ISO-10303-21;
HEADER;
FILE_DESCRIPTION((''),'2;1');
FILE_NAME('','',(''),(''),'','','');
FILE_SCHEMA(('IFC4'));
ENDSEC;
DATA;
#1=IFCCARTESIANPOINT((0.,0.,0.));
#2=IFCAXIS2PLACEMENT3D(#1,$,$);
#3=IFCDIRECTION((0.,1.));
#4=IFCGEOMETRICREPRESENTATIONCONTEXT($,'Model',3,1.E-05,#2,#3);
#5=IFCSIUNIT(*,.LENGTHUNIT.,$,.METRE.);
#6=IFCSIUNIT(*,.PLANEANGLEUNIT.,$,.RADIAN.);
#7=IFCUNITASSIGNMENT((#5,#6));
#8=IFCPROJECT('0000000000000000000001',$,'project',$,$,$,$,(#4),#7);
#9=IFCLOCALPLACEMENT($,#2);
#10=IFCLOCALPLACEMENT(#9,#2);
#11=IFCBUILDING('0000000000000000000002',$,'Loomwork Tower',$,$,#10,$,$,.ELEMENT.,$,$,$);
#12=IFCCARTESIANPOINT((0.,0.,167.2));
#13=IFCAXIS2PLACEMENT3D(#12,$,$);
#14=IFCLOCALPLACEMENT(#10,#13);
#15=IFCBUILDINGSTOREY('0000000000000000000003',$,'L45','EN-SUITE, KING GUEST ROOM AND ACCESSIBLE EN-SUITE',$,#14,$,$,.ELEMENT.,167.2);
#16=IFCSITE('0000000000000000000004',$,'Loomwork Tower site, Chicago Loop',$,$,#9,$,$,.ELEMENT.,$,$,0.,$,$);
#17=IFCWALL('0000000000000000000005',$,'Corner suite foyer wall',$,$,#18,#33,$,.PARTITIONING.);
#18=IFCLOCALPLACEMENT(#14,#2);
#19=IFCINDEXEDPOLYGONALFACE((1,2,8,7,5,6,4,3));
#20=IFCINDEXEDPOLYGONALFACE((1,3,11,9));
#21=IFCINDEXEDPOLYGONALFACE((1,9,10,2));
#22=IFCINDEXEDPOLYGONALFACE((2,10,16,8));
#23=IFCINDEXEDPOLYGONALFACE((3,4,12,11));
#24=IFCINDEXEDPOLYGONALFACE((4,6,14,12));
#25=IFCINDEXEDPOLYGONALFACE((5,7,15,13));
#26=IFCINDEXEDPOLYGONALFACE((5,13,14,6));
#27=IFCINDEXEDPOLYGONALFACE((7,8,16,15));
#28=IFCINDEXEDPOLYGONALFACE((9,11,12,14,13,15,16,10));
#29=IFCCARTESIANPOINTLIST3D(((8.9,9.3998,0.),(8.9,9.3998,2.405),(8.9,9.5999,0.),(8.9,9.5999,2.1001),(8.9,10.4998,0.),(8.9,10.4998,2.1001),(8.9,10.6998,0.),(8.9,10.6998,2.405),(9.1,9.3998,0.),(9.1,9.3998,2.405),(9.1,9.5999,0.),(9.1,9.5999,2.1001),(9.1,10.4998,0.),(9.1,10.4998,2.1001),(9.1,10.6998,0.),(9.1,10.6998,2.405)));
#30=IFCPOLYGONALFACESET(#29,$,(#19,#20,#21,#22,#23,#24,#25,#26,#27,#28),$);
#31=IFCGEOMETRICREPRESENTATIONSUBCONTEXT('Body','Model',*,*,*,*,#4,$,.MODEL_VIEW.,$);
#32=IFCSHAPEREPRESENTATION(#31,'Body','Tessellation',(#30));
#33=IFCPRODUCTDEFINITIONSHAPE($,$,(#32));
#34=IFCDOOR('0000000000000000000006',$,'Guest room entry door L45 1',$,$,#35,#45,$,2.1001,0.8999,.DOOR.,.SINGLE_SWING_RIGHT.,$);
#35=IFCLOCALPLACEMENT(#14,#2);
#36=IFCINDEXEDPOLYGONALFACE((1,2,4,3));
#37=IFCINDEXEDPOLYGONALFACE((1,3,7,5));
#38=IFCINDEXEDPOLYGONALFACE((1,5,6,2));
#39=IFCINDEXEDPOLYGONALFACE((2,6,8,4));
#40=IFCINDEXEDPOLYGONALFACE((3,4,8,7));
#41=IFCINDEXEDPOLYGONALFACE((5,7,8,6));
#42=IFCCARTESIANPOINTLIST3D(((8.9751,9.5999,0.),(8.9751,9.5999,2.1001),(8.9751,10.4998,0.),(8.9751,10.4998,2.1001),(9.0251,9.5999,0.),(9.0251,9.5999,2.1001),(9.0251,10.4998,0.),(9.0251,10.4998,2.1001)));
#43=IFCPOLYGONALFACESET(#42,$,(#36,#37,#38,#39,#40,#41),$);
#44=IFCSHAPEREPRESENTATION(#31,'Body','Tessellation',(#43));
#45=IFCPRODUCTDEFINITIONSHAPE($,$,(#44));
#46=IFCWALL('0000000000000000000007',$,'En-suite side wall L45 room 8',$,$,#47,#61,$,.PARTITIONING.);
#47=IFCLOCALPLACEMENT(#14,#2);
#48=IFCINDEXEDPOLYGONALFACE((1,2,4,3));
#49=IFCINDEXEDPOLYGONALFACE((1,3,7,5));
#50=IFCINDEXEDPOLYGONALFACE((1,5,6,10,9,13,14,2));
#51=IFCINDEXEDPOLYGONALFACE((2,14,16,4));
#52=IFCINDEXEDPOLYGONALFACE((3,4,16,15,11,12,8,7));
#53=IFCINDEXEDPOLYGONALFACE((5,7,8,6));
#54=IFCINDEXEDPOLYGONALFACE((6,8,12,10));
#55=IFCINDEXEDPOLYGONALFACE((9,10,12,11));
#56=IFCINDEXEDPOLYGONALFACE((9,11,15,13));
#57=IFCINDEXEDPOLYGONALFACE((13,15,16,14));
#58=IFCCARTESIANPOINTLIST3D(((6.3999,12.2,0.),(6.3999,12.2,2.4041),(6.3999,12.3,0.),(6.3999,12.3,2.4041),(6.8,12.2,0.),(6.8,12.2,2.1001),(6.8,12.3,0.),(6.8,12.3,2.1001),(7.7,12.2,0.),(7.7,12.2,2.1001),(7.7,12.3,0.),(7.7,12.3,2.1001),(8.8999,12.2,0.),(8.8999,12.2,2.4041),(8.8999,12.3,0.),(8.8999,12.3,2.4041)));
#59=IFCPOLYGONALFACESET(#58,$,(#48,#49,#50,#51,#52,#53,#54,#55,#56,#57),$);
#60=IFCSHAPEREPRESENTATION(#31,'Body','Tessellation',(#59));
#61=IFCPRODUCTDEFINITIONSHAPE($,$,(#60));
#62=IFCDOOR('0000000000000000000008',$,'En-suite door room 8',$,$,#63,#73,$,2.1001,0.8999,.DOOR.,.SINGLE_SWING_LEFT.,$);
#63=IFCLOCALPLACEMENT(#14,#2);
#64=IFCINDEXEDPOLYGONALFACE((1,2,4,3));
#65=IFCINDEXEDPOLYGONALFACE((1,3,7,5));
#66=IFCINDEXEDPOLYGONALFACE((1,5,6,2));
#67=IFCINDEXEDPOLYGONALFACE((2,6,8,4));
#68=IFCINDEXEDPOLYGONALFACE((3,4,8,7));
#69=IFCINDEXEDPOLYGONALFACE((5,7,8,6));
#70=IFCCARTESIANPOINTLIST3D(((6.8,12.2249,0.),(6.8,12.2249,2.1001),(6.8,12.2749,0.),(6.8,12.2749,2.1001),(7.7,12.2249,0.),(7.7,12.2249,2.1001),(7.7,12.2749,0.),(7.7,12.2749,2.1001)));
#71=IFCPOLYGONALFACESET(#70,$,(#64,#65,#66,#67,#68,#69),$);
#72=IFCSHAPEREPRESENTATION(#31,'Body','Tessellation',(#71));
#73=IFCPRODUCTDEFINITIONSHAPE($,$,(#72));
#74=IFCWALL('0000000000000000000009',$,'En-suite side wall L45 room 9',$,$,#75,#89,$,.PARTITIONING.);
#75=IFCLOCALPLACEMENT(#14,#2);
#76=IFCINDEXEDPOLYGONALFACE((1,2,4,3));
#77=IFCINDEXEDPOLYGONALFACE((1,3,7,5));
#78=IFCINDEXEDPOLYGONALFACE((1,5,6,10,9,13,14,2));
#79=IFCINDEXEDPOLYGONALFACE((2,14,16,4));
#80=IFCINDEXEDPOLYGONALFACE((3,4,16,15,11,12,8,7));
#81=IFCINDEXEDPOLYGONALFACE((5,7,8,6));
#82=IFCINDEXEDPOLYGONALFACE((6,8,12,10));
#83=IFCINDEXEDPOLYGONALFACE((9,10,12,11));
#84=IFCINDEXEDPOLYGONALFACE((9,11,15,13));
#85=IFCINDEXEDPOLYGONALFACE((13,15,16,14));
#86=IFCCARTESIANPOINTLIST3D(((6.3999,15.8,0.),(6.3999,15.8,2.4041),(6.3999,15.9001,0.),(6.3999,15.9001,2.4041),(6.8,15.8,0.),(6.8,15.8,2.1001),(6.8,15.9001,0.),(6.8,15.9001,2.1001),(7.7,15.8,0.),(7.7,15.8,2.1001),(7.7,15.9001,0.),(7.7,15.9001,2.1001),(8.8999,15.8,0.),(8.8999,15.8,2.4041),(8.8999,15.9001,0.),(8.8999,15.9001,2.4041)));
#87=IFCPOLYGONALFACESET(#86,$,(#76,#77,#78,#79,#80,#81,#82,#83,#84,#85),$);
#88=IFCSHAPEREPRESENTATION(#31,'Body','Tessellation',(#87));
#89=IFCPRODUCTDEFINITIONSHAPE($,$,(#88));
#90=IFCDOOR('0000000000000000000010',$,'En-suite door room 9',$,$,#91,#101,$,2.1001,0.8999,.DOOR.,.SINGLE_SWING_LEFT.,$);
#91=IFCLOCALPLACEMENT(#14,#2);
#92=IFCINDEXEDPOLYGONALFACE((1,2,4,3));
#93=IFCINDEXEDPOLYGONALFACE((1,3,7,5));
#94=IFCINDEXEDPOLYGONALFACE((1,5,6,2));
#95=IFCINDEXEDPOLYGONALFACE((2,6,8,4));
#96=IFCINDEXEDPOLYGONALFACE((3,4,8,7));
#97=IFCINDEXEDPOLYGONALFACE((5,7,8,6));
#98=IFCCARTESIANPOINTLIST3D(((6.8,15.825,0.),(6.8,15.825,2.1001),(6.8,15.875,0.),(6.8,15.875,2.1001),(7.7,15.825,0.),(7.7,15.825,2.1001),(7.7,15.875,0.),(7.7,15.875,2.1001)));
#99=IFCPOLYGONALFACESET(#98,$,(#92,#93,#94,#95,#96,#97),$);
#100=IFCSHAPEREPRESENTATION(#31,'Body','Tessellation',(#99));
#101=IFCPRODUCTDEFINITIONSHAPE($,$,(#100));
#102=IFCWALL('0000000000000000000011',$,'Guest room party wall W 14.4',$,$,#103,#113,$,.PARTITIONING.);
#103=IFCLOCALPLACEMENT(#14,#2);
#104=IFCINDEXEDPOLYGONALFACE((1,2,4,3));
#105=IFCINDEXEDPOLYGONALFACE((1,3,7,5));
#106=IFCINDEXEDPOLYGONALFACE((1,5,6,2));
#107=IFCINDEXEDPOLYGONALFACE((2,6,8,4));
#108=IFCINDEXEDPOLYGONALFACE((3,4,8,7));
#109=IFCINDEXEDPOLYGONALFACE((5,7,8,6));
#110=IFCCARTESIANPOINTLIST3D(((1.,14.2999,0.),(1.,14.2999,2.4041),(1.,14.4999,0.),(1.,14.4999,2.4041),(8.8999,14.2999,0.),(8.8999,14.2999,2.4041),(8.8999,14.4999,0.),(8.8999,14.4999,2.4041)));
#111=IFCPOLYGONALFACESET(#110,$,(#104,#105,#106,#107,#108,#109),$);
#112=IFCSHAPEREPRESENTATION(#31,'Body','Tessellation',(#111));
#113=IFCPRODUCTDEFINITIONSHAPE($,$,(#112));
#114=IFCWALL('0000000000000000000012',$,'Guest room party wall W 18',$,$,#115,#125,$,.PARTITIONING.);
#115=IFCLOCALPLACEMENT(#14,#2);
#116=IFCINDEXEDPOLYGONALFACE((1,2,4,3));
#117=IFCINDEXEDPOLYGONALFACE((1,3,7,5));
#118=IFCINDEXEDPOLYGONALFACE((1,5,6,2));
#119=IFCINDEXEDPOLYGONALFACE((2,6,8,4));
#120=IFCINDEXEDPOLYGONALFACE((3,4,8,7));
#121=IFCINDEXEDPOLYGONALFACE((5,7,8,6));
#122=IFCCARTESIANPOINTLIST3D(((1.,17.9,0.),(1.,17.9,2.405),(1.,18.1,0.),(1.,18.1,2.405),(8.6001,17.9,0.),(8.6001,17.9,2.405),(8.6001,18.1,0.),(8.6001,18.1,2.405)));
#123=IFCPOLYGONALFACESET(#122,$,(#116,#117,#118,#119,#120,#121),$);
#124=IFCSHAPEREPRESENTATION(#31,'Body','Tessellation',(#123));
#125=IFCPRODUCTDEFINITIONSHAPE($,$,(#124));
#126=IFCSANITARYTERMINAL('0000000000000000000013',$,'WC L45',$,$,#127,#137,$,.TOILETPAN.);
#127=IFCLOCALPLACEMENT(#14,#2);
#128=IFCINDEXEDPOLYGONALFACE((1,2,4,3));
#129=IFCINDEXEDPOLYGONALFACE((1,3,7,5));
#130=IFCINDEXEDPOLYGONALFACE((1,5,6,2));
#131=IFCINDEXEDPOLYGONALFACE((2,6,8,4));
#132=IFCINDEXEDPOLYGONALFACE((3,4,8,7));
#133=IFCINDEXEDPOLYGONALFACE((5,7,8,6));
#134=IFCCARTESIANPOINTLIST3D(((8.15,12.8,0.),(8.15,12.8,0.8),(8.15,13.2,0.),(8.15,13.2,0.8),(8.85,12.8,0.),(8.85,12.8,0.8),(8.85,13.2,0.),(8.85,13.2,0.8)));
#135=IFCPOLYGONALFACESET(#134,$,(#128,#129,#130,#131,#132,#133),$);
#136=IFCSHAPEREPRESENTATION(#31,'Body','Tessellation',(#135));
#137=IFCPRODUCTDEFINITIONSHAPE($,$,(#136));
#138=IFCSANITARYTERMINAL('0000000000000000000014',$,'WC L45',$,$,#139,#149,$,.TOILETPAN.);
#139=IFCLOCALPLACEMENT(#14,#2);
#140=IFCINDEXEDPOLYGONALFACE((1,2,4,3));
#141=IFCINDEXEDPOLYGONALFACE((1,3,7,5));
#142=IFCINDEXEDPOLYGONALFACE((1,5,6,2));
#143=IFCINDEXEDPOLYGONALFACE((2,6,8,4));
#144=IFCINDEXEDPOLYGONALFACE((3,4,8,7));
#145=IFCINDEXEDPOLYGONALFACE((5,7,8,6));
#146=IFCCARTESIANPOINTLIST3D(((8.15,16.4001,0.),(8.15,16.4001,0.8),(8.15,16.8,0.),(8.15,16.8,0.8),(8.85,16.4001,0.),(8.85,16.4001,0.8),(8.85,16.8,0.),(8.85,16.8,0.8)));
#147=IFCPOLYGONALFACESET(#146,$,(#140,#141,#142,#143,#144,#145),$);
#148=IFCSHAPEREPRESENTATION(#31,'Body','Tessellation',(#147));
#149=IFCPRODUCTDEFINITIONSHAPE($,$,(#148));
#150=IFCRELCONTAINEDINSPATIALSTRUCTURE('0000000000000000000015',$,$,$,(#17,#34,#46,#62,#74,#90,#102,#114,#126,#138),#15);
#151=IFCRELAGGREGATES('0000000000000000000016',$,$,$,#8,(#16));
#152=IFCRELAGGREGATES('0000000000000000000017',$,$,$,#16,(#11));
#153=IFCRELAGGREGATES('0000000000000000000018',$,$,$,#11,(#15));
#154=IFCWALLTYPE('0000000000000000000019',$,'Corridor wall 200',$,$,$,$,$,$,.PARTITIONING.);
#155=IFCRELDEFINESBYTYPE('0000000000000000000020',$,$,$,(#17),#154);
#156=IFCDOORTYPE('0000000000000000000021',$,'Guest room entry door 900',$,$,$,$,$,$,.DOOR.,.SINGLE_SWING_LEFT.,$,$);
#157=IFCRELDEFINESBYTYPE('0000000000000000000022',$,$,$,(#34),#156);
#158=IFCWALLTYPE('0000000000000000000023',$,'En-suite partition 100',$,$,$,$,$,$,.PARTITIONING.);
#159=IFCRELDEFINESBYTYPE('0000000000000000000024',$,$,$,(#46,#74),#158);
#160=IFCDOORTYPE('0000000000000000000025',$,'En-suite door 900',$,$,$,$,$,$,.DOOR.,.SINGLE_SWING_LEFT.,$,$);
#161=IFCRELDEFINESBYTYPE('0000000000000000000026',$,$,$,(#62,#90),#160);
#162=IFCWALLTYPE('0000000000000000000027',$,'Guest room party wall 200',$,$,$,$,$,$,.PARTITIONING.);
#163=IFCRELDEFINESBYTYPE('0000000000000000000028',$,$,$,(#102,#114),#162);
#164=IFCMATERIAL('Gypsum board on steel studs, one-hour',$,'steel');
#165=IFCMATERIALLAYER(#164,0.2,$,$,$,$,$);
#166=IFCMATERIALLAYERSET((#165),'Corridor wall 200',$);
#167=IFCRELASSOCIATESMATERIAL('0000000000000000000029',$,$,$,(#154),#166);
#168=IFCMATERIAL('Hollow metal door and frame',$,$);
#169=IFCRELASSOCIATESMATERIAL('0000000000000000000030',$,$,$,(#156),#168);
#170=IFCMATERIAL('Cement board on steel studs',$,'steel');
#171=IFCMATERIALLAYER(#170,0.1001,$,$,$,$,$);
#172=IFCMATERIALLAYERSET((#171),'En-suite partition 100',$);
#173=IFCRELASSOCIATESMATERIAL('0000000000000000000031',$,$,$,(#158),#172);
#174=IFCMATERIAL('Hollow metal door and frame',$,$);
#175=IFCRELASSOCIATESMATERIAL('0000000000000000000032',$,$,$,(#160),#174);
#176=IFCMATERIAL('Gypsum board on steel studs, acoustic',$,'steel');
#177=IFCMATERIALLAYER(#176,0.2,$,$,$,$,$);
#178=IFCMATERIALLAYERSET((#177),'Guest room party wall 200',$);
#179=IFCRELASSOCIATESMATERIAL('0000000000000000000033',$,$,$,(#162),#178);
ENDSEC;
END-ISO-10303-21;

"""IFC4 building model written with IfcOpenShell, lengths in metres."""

from ifc_helpers import new_model, si_unit, direction, frame, frame_2d, origin, origin_2d, place, context, subcontext, project, spatial, rectangle, extrude, material, layer, layer_set, type_object, element, fill, save


model = new_model("IFC4")

# Units and contexts
model_context = context("Model", 3, precision=1e-05, world=origin(), true_north=direction((0.0, 1.0)))
body_context = subcontext(model_context, "Body", "Model", "MODEL_VIEW")
ifc_project = project(units=[si_unit("LENGTHUNIT", "METRE"), si_unit("PLANEANGLEUNIT", "RADIAN")], contexts=[model_context])

# Site, building, storey
site_placement = place(None, origin())
site = spatial("IfcSite", under=ifc_project, at=site_placement, Name="Loomwork Tower site, Chicago Loop", CompositionType="ELEMENT", RefElevation=0.0)
building_placement = place(site_placement, origin())
building = spatial("IfcBuilding", under=site, at=building_placement, Name="Loomwork Tower", CompositionType="ELEMENT")
storey_placement = place(building_placement, frame((0.0, 0.0, 167.2)))
storey = spatial("IfcBuildingStorey", under=building, at=storey_placement, Name="L45", Description="EN-SUITE, KING GUEST ROOM AND ACCESSIBLE EN-SUITE", CompositionType="ELEMENT", Elevation=167.2)

# Shared definitions
ifc_material_1 = material(Name="Gypsum board on steel studs, one-hour", Category="steel")
ifc_layer_1 = layer(ifc_material_1, 0.2)
ifc_layer_set_1 = layer_set([ifc_layer_1], Name="Corridor wall 200")
wall_type_1 = type_object("IfcWallType", Name="Corridor wall 200", PredefinedType="PARTITIONING", material=ifc_layer_set_1)
ifc_material_2 = material(Name="Hollow metal door and frame")
door_type_1 = type_object("IfcDoorType", Name="Guest room entry door 900", OperationType="SINGLE_SWING_LEFT", PredefinedType="DOOR", material=ifc_material_2)

# Walls, openings, doors
wall_1_placement = place(storey_placement, frame((9.0, 9.3999, 0.0), z_axis=(0.0, 0.0, 1.0), x_axis=(0.0, 1.0, 0.0)))
wall_1 = element("IfcWall", 1, at=wall_1_placement, inside=storey, type_object=wall_type_1, Name="Corner suite foyer wall", PredefinedType="PARTITIONING", context=body_context, shape_type="SweptSolid", body=[
    extrude(rectangle(XDim=1.3, YDim=0.2, at=frame_2d((0.6499, 0.0))), origin(), (0.0, 0.0, 1.0), 2.405),
])
opening_1_placement = place(wall_1_placement, frame((0.2, 0.0, 0.0)))
opening_1 = element("IfcOpeningElement", 2, at=opening_1_placement, cuts=wall_1, PredefinedType="OPENING", context=body_context, shape_type="SweptSolid", body=[
    extrude(rectangle(XDim=0.8999, YDim=2.1001, at=frame_2d((0.45, 1.05))), frame((0.0, 0.1099, 0.0), z_axis=(0.0, -1.0, 0.0), x_axis=(1.0, 0.0, 0.0)), (0.0, 0.0, 1.0), 0.22),
])
door_1_placement = place(opening_1_placement, origin())
door_1 = element("IfcDoor", 3, at=door_1_placement, inside=storey, type_object=door_type_1, Name="Guest room entry door L45 1", OperationType="SINGLE_SWING_RIGHT", OverallHeight=2.1001, OverallWidth=0.8999, PredefinedType="DOOR", context=body_context, shape_type="SweptSolid", body=[
    extrude(rectangle(XDim=0.8999, YDim=2.1001, at=frame_2d((0.45, 1.05))), frame((0.0, 0.0249, 0.0), z_axis=(0.0, -1.0, 0.0), x_axis=(1.0, 0.0, 0.0)), (0.0, 0.0, 1.0), 0.05),
])
fill(opening_1, door_1)
ifc_material_3 = material(Name="Cement board on steel studs", Category="steel")
ifc_layer_2 = layer(ifc_material_3, 0.1001)
ifc_layer_set_2 = layer_set([ifc_layer_2], Name="En-suite partition 100")
wall_type_2 = type_object("IfcWallType", Name="En-suite partition 100", PredefinedType="PARTITIONING", material=ifc_layer_set_2)
wall_2_placement = place(storey_placement, frame((8.8999, 12.25, 0.0), z_axis=(0.0, 0.0, 1.0), x_axis=(-1.0, 0.0, 0.0)))
wall_2 = element("IfcWall", 4, at=wall_2_placement, inside=storey, type_object=wall_type_2, Name="En-suite side wall L45 room 8", PredefinedType="PARTITIONING", context=body_context, shape_type="SweptSolid", body=[
    extrude(rectangle(XDim=2.5, YDim=0.1001, at=frame_2d((1.25, 0.0))), origin(), (0.0, 0.0, 1.0), 2.4041),
])
opening_2_placement = place(wall_2_placement, frame((1.2, 0.0, 0.0)))
opening_2 = element("IfcOpeningElement", 5, at=opening_2_placement, cuts=wall_2, PredefinedType="OPENING", context=body_context, shape_type="SweptSolid", body=[
    extrude(rectangle(XDim=0.8999, YDim=2.1001, at=frame_2d((0.45, 1.05))), frame((0.0, 0.0601, 0.0), z_axis=(0.0, -1.0, 0.0), x_axis=(1.0, 0.0, 0.0)), (0.0, 0.0, 1.0), 0.1201),
])
ifc_material_4 = material(Name="Hollow metal door and frame")
door_type_2 = type_object("IfcDoorType", Name="En-suite door 900", OperationType="SINGLE_SWING_LEFT", PredefinedType="DOOR", material=ifc_material_4)
door_2_placement = place(opening_2_placement, frame((0.8999, 0.0, 0.0), z_axis=(0.0, 0.0, 1.0), x_axis=(-1.0, 0.0, 0.0)))
door_2 = element("IfcDoor", 6, at=door_2_placement, inside=storey, type_object=door_type_2, Name="En-suite door room 8", OperationType="SINGLE_SWING_LEFT", OverallHeight=2.1001, OverallWidth=0.8999, PredefinedType="DOOR", context=body_context, shape_type="SweptSolid", body=[
    extrude(rectangle(XDim=0.8999, YDim=2.1001, at=frame_2d((0.45, 1.05))), frame((0.0, 0.0249, 0.0), z_axis=(0.0, -1.0, 0.0), x_axis=(1.0, 0.0, 0.0)), (0.0, 0.0, 1.0), 0.05),
])
fill(opening_2, door_2)
wall_3_placement = place(storey_placement, frame((8.8999, 15.8501, 0.0), z_axis=(0.0, 0.0, 1.0), x_axis=(-1.0, 0.0, 0.0)))
wall_3 = element("IfcWall", 7, at=wall_3_placement, inside=storey, type_object=wall_type_2, Name="En-suite side wall L45 room 9", PredefinedType="PARTITIONING", context=body_context, shape_type="SweptSolid", body=[
    extrude(rectangle(XDim=2.5, YDim=0.1001, at=frame_2d((1.25, 0.0))), origin(), (0.0, 0.0, 1.0), 2.4041),
])
opening_3_placement = place(wall_3_placement, frame((1.2, 0.0, 0.0)))
opening_3 = element("IfcOpeningElement", 8, at=opening_3_placement, cuts=wall_3, PredefinedType="OPENING", context=body_context, shape_type="SweptSolid", body=[
    extrude(rectangle(XDim=0.8999, YDim=2.1001, at=frame_2d((0.45, 1.05))), frame((0.0, 0.0601, 0.0), z_axis=(0.0, -1.0, 0.0), x_axis=(1.0, 0.0, 0.0)), (0.0, 0.0, 1.0), 0.1201),
])
door_3_placement = place(opening_3_placement, frame((0.8999, 0.0, 0.0), z_axis=(0.0, 0.0, 1.0), x_axis=(-1.0, 0.0, 0.0)))
door_3 = element("IfcDoor", 9, at=door_3_placement, inside=storey, type_object=door_type_2, Name="En-suite door room 9", OperationType="SINGLE_SWING_LEFT", OverallHeight=2.1001, OverallWidth=0.8999, PredefinedType="DOOR", context=body_context, shape_type="SweptSolid", body=[
    extrude(rectangle(XDim=0.8999, YDim=2.1001, at=frame_2d((0.45, 1.05))), frame((0.0, 0.0249, 0.0), z_axis=(0.0, -1.0, 0.0), x_axis=(1.0, 0.0, 0.0)), (0.0, 0.0, 1.0), 0.05),
])
fill(opening_3, door_3)

# Walls
ifc_material_5 = material(Name="Gypsum board on steel studs, acoustic", Category="steel")
ifc_layer_3 = layer(ifc_material_5, 0.2)
ifc_layer_set_3 = layer_set([ifc_layer_3], Name="Guest room party wall 200")
wall_type_3 = type_object("IfcWallType", Name="Guest room party wall 200", PredefinedType="PARTITIONING", material=ifc_layer_set_3)
wall_4_placement = place(storey_placement, frame((8.8999, 14.3999, 0.0), z_axis=(0.0, 0.0, 1.0), x_axis=(-1.0, 0.0, 0.0)))
element("IfcWall", 10, at=wall_4_placement, inside=storey, type_object=wall_type_3, Name="Guest room party wall W 14.4", PredefinedType="PARTITIONING", context=body_context, shape_type="SweptSolid", body=[
    extrude(rectangle(XDim=7.8999, YDim=0.2, at=frame_2d((3.95, 0.0))), origin(), (0.0, 0.0, 1.0), 2.4041),
])
wall_5_placement = place(storey_placement, frame((8.6001, 18.0, 0.0), z_axis=(0.0, 0.0, 1.0), x_axis=(-1.0, 0.0, 0.0)))
element("IfcWall", 11, at=wall_5_placement, inside=storey, type_object=wall_type_3, Name="Guest room party wall W 18", PredefinedType="PARTITIONING", context=body_context, shape_type="SweptSolid", body=[
    extrude(rectangle(XDim=7.6001, YDim=0.2, at=frame_2d((3.8, 0.0))), origin(), (0.0, 0.0, 1.0), 2.405),
])

# Sanitary terminals
for number, where, z_axis, x_axis, name in (
    (12, (8.5, 13.0, 0.0), (0.0, 0.0, 1.0), (1.0, 0.0, 0.0), "WC L45"),
    (13, (8.5, 16.6001, 0.0), (0.0, 0.0, 1.0), (1.0, 0.0, 0.0), "WC L45"),
):
    element("IfcSanitaryTerminal", number, at=place(storey_placement, frame(where, z_axis=z_axis, x_axis=x_axis)), inside=storey, Name=name, PredefinedType="TOILETPAN", context=body_context, shape_type="SweptSolid", body=[
        extrude(rectangle(XDim=0.7, YDim=0.3999, at=origin_2d()), origin(), (0.0, 0.0, 1.0), 0.8),
    ])

save(model, "model.ifc")
